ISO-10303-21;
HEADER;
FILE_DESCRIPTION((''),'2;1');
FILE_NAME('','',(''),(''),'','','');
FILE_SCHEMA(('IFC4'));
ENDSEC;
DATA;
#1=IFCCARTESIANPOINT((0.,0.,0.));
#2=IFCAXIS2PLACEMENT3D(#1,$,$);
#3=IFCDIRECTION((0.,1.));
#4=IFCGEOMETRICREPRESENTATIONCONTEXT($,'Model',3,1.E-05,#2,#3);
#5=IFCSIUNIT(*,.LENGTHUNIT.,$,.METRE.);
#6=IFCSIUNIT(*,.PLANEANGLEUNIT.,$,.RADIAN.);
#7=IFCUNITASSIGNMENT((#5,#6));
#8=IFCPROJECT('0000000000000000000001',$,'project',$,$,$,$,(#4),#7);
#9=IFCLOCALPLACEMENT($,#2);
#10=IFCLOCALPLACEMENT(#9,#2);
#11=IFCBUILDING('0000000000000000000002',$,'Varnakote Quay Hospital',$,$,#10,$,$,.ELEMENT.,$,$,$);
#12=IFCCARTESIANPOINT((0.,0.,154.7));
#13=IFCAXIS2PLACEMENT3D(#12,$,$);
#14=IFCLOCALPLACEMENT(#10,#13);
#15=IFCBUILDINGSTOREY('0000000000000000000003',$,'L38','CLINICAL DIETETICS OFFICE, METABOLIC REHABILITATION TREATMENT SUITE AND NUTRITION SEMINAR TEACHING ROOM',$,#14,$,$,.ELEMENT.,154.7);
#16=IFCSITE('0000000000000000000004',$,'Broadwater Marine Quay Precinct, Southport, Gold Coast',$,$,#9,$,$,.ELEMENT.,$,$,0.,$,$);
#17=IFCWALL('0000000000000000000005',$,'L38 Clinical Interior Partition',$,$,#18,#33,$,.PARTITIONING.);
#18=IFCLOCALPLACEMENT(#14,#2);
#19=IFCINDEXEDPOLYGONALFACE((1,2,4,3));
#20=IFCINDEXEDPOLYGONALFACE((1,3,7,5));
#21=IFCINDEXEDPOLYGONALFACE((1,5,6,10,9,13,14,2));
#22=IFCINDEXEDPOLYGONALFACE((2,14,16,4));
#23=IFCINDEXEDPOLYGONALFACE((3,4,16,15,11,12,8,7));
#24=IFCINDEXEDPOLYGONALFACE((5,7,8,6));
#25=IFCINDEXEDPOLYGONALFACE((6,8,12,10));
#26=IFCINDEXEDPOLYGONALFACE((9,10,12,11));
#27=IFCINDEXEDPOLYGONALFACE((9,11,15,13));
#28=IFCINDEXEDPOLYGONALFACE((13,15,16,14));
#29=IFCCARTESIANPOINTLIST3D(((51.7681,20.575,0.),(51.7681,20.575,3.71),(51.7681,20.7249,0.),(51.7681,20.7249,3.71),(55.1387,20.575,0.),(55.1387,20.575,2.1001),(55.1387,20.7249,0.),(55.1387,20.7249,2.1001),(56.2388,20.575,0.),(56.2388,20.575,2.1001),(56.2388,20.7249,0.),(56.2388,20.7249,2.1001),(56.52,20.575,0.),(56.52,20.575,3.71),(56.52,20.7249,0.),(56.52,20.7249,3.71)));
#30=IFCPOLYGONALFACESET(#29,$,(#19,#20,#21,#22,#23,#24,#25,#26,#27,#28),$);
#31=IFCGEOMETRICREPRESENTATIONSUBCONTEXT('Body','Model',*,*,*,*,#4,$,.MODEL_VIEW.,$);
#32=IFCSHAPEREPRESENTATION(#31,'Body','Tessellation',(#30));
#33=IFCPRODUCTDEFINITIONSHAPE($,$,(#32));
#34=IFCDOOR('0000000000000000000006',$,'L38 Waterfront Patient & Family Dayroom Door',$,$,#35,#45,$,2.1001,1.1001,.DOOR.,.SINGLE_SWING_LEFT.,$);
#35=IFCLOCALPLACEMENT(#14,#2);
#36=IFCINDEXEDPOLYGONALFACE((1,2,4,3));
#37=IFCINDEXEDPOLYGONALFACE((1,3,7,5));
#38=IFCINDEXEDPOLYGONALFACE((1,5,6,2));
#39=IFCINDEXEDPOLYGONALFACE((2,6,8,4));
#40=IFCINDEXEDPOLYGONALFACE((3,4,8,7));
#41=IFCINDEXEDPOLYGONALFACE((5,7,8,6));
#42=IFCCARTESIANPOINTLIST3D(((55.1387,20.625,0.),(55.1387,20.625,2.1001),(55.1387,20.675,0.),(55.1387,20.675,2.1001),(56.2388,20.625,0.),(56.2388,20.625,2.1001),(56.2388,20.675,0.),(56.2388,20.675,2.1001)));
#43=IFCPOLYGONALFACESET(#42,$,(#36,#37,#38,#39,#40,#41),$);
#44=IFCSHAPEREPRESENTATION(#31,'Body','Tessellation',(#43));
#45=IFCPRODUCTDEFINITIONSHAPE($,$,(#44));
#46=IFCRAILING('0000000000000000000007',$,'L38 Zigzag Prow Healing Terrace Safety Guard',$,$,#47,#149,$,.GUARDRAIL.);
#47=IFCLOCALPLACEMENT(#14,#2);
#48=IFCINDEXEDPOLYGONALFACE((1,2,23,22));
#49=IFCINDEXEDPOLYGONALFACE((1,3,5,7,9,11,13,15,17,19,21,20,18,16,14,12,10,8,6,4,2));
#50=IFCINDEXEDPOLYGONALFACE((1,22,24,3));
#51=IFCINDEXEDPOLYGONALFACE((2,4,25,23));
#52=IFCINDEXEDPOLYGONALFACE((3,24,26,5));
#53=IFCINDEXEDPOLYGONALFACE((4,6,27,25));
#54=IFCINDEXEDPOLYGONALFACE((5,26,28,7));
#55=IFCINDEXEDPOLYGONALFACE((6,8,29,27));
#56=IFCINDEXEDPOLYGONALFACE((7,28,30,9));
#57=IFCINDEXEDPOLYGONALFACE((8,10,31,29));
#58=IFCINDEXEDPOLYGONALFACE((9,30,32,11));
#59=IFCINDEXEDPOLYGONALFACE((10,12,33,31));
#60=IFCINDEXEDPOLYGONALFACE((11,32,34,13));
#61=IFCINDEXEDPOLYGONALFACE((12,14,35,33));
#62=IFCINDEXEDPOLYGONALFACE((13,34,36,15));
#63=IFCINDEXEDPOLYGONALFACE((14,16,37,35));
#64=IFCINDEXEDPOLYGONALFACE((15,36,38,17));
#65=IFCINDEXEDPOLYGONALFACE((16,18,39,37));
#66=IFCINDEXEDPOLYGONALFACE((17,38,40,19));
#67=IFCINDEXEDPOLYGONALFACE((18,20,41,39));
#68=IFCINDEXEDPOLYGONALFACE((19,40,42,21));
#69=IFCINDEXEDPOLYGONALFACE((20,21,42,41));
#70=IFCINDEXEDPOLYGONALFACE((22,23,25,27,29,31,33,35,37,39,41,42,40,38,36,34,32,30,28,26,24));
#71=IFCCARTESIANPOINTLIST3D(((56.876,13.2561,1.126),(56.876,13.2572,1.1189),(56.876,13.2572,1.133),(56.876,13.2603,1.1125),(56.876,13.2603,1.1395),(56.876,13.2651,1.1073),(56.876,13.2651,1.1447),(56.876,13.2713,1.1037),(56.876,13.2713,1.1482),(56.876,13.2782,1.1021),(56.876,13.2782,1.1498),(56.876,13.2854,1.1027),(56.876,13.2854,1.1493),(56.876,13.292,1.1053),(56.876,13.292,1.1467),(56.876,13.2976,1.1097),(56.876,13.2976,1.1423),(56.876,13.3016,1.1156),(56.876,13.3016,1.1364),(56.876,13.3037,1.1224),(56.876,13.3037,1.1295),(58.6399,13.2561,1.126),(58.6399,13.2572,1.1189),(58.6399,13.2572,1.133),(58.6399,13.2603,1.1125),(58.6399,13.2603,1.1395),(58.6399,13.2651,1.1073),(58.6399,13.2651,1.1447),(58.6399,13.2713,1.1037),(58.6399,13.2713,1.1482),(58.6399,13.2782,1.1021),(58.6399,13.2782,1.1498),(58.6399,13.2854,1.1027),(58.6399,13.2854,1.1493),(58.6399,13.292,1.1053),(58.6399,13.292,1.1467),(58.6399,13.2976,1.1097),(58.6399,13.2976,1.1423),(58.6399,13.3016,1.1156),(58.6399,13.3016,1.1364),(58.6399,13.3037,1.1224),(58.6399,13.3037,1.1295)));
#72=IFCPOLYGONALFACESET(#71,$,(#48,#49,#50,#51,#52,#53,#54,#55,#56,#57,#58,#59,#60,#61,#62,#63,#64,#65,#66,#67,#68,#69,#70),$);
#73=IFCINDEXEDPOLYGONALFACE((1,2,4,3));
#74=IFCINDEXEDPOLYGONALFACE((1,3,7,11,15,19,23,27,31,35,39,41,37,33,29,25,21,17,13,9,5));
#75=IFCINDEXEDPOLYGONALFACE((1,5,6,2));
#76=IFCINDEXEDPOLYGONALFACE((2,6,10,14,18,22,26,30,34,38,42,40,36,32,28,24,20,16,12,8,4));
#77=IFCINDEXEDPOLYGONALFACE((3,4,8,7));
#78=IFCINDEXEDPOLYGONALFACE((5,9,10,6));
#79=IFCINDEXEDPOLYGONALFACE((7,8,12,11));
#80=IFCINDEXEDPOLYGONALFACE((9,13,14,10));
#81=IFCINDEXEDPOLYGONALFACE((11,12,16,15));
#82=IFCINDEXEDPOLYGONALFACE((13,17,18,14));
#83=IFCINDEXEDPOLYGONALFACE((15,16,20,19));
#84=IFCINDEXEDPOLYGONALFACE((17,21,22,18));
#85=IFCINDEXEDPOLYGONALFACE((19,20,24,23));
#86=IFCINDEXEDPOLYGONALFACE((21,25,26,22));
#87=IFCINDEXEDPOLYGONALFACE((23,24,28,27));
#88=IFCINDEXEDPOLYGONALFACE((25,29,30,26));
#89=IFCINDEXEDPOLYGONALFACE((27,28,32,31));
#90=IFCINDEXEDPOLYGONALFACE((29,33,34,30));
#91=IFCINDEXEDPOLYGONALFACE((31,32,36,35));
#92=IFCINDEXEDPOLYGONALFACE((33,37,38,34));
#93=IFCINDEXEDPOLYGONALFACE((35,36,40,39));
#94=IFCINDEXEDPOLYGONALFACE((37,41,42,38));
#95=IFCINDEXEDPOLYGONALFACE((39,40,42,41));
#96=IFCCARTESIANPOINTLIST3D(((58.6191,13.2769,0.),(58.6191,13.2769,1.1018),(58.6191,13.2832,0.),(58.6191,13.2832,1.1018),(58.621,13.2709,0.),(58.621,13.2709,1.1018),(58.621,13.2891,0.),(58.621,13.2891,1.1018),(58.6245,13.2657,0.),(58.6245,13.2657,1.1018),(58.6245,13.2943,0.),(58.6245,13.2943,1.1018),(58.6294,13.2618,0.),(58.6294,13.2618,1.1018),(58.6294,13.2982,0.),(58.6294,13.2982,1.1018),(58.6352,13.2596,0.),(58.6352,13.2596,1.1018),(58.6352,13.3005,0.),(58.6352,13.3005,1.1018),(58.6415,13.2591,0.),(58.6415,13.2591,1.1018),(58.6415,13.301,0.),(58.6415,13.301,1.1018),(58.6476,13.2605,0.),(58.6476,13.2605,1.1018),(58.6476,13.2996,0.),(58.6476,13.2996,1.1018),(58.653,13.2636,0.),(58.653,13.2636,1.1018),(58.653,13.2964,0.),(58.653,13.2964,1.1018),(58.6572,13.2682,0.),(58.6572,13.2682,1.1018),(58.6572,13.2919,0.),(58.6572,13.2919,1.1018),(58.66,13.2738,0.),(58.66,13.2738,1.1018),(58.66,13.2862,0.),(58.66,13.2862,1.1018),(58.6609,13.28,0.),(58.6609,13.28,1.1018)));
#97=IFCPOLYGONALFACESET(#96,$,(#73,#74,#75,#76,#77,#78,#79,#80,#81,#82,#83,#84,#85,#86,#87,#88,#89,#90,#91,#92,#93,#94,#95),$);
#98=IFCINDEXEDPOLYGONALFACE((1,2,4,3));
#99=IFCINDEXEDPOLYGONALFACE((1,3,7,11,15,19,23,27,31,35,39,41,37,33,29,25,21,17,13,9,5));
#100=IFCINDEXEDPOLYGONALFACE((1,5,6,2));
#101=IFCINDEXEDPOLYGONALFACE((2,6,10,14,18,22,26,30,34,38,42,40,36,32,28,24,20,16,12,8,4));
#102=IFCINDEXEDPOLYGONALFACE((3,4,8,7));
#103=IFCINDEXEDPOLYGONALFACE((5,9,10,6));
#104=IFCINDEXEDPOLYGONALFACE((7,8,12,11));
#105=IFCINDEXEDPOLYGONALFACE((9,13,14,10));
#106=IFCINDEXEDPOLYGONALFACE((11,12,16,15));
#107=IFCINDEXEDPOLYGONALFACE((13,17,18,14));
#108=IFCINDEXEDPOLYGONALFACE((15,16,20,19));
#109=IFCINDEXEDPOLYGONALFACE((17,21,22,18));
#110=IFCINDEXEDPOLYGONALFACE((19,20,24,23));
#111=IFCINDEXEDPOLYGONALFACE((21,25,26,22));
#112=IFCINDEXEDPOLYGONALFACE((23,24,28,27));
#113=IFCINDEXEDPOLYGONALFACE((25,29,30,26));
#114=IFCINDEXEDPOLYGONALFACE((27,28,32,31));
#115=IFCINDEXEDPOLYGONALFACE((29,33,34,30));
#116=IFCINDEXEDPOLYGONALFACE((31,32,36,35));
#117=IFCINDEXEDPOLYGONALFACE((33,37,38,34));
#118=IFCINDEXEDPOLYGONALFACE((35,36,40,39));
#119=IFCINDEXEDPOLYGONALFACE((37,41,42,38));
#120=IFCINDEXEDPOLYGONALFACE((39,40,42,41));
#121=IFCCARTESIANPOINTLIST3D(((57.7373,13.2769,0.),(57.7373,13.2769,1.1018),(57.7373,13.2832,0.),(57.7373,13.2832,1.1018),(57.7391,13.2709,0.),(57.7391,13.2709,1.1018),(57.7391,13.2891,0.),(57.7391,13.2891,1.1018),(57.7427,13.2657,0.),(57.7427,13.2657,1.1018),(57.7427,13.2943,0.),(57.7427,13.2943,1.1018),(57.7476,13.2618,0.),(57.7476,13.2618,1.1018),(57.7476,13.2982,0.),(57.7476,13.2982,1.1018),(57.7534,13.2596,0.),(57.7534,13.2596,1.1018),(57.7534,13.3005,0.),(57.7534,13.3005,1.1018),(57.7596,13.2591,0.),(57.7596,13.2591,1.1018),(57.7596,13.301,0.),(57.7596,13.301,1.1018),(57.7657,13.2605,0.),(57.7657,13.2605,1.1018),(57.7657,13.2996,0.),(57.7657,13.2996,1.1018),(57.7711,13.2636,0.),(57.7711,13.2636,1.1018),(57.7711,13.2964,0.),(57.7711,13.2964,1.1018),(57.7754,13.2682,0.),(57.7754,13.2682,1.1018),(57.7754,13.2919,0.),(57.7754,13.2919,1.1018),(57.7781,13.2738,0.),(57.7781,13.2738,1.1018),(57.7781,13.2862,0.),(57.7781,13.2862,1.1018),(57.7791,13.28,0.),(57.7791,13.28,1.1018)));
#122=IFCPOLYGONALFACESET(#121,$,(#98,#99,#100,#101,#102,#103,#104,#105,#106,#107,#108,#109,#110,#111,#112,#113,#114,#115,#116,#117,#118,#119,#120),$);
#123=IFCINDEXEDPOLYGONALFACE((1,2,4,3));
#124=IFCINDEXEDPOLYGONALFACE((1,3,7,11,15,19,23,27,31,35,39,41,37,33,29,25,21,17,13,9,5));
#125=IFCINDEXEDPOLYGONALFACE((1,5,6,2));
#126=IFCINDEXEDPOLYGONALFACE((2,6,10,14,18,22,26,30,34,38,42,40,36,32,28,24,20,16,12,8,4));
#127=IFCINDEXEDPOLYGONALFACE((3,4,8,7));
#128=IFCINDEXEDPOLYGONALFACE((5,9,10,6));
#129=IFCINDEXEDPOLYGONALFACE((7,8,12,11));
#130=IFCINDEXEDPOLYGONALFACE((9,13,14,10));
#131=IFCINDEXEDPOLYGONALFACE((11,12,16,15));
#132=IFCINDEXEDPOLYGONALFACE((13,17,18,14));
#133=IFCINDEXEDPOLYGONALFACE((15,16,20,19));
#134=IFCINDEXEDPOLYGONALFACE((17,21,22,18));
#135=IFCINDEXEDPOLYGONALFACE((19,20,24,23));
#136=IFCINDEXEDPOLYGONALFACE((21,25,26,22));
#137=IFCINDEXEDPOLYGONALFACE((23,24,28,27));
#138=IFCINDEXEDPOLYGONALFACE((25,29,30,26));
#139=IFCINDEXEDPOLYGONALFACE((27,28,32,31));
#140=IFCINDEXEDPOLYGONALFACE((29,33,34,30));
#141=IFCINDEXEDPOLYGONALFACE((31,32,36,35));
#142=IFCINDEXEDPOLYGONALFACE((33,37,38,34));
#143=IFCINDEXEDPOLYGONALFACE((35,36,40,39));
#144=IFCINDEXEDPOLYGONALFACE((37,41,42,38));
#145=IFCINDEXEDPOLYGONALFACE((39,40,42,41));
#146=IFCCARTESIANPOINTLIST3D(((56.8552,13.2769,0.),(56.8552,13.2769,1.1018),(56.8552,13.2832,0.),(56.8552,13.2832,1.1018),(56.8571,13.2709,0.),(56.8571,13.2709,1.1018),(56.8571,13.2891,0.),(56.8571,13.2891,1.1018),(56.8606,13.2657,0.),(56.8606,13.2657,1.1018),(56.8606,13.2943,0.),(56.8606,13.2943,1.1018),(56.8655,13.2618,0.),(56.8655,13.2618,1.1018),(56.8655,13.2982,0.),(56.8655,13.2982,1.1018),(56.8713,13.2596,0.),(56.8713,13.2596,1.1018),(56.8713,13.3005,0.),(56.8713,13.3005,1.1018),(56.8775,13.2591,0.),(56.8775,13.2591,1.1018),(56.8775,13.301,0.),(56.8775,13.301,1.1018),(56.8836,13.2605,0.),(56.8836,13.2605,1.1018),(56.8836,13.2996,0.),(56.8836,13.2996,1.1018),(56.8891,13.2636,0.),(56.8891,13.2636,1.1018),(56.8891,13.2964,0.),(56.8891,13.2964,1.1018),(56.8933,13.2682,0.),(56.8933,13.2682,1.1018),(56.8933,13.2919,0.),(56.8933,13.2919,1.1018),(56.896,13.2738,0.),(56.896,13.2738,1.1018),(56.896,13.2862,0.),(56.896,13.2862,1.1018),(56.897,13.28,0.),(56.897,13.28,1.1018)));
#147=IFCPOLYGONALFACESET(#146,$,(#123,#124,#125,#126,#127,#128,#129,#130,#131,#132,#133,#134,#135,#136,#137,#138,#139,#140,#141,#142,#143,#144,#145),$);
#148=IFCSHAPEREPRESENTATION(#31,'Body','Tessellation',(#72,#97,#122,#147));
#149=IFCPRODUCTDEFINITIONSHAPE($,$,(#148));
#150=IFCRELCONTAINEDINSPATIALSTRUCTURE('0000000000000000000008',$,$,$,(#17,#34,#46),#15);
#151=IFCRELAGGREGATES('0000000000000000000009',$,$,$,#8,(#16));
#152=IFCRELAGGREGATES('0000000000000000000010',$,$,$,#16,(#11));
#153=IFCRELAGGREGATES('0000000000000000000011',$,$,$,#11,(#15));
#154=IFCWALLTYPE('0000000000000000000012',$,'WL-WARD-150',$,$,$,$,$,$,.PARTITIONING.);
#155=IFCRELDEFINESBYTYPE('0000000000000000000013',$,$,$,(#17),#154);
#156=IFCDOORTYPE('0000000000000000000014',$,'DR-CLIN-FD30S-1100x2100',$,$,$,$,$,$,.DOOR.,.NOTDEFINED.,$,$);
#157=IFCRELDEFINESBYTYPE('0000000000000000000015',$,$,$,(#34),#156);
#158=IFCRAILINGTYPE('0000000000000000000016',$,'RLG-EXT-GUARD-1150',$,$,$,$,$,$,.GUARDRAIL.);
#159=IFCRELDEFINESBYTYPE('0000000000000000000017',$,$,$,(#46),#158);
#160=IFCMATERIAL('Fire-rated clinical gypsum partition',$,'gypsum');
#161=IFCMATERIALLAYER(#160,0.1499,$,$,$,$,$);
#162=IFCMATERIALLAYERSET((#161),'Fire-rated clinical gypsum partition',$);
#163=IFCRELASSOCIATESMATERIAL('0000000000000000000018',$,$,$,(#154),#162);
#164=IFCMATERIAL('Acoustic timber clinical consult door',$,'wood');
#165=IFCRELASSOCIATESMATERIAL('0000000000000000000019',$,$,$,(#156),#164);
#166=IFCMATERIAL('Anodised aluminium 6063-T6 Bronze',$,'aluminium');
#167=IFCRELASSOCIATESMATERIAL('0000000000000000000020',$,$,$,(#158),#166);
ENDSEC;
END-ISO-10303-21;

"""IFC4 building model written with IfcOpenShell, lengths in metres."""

from ifc_helpers import new_model, si_unit, direction, frame, frame_2d, origin, origin_2d, place, context, subcontext, project, spatial, rectangle, circle, extrude, material, layer, layer_set, type_object, element, fill, save


model = new_model("IFC4")

# Units and contexts
model_context = context("Model", 3, precision=1e-05, world=origin(), true_north=direction((0.0, 1.0)))
body_context = subcontext(model_context, "Body", "Model", "MODEL_VIEW")
ifc_project = project(units=[si_unit("LENGTHUNIT", "METRE"), si_unit("PLANEANGLEUNIT", "RADIAN")], contexts=[model_context])

# Site, building, storey
site_placement = place(None, origin())
site = spatial("IfcSite", under=ifc_project, at=site_placement, Name="Broadwater Marine Quay Precinct, Southport, Gold Coast", CompositionType="ELEMENT", RefElevation=0.0)
building_placement = place(site_placement, origin())
building = spatial("IfcBuilding", under=site, at=building_placement, Name="Varnakote Quay Hospital", CompositionType="ELEMENT")
storey_placement = place(building_placement, frame((0.0, 0.0, 154.7)))
storey = spatial("IfcBuildingStorey", under=building, at=storey_placement, Name="L38", Description="CLINICAL DIETETICS OFFICE, METABOLIC REHABILITATION TREATMENT SUITE AND NUTRITION SEMINAR TEACHING ROOM", CompositionType="ELEMENT", Elevation=154.7)

# Shared definitions
ifc_material_1 = material(Name="Fire-rated clinical gypsum partition", Category="gypsum")
ifc_layer_1 = layer(ifc_material_1, 0.1499)
ifc_layer_set_1 = layer_set([ifc_layer_1], Name="Fire-rated clinical gypsum partition")
wall_type_1 = type_object("IfcWallType", Name="WL-WARD-150", PredefinedType="PARTITIONING", material=ifc_layer_set_1)
ifc_material_2 = material(Name="Acoustic timber clinical consult door", Category="wood")
door_type_1 = type_object("IfcDoorType", Name="DR-CLIN-FD30S-1100x2100", OperationType="NOTDEFINED", PredefinedType="DOOR", material=ifc_material_2)

# Wall, opening, door
wall_1_placement = place(storey_placement, frame((56.52, 20.6499, 0.0), z_axis=(0.0, 0.0, 1.0), x_axis=(-1.0, 0.0, 0.0)))
wall_1 = element("IfcWall", 1, at=wall_1_placement, inside=storey, type_object=wall_type_1, Name="L38 Clinical Interior Partition", PredefinedType="PARTITIONING", context=body_context, shape_type="SweptSolid", body=[
    extrude(rectangle(XDim=4.752, YDim=0.1499, at=frame_2d((2.376, 0.0))), origin(), (0.0, 0.0, 1.0), 3.71),
])
opening_1_placement = place(wall_1_placement, frame((0.2812, 0.0, 0.0)))
opening_1 = element("IfcOpeningElement", 2, at=opening_1_placement, cuts=wall_1, PredefinedType="OPENING", context=body_context, shape_type="SweptSolid", body=[
    extrude(rectangle(XDim=1.1001, YDim=2.1001, at=frame_2d((0.55, 1.05))), frame((0.0, 0.085, 0.0), z_axis=(0.0, -1.0, 0.0), x_axis=(1.0, 0.0, 0.0)), (0.0, 0.0, 1.0), 0.1699),
])
door_1_placement = place(opening_1_placement, origin())
door_1 = element("IfcDoor", 3, at=door_1_placement, inside=storey, type_object=door_type_1, Name="L38 Waterfront Patient & Family Dayroom Door", OperationType="SINGLE_SWING_LEFT", OverallHeight=2.1001, OverallWidth=1.1001, PredefinedType="DOOR", context=body_context, shape_type="SweptSolid", body=[
    extrude(rectangle(XDim=1.1001, YDim=2.1001, at=frame_2d((0.55, 1.05))), frame((0.0, 0.0249, 0.0), z_axis=(0.0, -1.0, 0.0), x_axis=(1.0, 0.0, 0.0)), (0.0, 0.0, 1.0), 0.05),
])
fill(opening_1, door_1)

# Railing
ifc_material_3 = material(Name="Anodised aluminium 6063-T6 Bronze", Category="aluminium")
railing_type = type_object("IfcRailingType", Name="RLG-EXT-GUARD-1150", PredefinedType="GUARDRAIL", material=ifc_material_3)
railing_1_placement = place(storey_placement, frame((58.6399, 13.28, 0.0)))
element("IfcRailing", 4, at=railing_1_placement, inside=storey, type_object=railing_type, Name="L38 Zigzag Prow Healing Terrace Safety Guard", PredefinedType="GUARDRAIL", context=body_context, shape_type="SweptSolid", body=[
    extrude(circle(Radius=0.0239, at=origin_2d()), frame((0.0, 0.0, 1.126), z_axis=(-1.0, 0.0, 0.0), x_axis=(0.0, -1.0, 0.0)), (0.0, 0.0, 1.0), 1.7639),
    extrude(circle(Radius=0.021, at=origin_2d()), origin(), (0.0, 0.0, 1.0), 1.1018),
    extrude(circle(Radius=0.021, at=origin_2d()), frame((-0.8818, 0.0, 0.0)), (0.0, 0.0, 1.0), 1.1018),
    extrude(circle(Radius=0.021, at=origin_2d()), frame((-1.7639, 0.0, 0.0)), (0.0, 0.0, 1.0), 1.1018),
])

save(model, "model.ifc")
